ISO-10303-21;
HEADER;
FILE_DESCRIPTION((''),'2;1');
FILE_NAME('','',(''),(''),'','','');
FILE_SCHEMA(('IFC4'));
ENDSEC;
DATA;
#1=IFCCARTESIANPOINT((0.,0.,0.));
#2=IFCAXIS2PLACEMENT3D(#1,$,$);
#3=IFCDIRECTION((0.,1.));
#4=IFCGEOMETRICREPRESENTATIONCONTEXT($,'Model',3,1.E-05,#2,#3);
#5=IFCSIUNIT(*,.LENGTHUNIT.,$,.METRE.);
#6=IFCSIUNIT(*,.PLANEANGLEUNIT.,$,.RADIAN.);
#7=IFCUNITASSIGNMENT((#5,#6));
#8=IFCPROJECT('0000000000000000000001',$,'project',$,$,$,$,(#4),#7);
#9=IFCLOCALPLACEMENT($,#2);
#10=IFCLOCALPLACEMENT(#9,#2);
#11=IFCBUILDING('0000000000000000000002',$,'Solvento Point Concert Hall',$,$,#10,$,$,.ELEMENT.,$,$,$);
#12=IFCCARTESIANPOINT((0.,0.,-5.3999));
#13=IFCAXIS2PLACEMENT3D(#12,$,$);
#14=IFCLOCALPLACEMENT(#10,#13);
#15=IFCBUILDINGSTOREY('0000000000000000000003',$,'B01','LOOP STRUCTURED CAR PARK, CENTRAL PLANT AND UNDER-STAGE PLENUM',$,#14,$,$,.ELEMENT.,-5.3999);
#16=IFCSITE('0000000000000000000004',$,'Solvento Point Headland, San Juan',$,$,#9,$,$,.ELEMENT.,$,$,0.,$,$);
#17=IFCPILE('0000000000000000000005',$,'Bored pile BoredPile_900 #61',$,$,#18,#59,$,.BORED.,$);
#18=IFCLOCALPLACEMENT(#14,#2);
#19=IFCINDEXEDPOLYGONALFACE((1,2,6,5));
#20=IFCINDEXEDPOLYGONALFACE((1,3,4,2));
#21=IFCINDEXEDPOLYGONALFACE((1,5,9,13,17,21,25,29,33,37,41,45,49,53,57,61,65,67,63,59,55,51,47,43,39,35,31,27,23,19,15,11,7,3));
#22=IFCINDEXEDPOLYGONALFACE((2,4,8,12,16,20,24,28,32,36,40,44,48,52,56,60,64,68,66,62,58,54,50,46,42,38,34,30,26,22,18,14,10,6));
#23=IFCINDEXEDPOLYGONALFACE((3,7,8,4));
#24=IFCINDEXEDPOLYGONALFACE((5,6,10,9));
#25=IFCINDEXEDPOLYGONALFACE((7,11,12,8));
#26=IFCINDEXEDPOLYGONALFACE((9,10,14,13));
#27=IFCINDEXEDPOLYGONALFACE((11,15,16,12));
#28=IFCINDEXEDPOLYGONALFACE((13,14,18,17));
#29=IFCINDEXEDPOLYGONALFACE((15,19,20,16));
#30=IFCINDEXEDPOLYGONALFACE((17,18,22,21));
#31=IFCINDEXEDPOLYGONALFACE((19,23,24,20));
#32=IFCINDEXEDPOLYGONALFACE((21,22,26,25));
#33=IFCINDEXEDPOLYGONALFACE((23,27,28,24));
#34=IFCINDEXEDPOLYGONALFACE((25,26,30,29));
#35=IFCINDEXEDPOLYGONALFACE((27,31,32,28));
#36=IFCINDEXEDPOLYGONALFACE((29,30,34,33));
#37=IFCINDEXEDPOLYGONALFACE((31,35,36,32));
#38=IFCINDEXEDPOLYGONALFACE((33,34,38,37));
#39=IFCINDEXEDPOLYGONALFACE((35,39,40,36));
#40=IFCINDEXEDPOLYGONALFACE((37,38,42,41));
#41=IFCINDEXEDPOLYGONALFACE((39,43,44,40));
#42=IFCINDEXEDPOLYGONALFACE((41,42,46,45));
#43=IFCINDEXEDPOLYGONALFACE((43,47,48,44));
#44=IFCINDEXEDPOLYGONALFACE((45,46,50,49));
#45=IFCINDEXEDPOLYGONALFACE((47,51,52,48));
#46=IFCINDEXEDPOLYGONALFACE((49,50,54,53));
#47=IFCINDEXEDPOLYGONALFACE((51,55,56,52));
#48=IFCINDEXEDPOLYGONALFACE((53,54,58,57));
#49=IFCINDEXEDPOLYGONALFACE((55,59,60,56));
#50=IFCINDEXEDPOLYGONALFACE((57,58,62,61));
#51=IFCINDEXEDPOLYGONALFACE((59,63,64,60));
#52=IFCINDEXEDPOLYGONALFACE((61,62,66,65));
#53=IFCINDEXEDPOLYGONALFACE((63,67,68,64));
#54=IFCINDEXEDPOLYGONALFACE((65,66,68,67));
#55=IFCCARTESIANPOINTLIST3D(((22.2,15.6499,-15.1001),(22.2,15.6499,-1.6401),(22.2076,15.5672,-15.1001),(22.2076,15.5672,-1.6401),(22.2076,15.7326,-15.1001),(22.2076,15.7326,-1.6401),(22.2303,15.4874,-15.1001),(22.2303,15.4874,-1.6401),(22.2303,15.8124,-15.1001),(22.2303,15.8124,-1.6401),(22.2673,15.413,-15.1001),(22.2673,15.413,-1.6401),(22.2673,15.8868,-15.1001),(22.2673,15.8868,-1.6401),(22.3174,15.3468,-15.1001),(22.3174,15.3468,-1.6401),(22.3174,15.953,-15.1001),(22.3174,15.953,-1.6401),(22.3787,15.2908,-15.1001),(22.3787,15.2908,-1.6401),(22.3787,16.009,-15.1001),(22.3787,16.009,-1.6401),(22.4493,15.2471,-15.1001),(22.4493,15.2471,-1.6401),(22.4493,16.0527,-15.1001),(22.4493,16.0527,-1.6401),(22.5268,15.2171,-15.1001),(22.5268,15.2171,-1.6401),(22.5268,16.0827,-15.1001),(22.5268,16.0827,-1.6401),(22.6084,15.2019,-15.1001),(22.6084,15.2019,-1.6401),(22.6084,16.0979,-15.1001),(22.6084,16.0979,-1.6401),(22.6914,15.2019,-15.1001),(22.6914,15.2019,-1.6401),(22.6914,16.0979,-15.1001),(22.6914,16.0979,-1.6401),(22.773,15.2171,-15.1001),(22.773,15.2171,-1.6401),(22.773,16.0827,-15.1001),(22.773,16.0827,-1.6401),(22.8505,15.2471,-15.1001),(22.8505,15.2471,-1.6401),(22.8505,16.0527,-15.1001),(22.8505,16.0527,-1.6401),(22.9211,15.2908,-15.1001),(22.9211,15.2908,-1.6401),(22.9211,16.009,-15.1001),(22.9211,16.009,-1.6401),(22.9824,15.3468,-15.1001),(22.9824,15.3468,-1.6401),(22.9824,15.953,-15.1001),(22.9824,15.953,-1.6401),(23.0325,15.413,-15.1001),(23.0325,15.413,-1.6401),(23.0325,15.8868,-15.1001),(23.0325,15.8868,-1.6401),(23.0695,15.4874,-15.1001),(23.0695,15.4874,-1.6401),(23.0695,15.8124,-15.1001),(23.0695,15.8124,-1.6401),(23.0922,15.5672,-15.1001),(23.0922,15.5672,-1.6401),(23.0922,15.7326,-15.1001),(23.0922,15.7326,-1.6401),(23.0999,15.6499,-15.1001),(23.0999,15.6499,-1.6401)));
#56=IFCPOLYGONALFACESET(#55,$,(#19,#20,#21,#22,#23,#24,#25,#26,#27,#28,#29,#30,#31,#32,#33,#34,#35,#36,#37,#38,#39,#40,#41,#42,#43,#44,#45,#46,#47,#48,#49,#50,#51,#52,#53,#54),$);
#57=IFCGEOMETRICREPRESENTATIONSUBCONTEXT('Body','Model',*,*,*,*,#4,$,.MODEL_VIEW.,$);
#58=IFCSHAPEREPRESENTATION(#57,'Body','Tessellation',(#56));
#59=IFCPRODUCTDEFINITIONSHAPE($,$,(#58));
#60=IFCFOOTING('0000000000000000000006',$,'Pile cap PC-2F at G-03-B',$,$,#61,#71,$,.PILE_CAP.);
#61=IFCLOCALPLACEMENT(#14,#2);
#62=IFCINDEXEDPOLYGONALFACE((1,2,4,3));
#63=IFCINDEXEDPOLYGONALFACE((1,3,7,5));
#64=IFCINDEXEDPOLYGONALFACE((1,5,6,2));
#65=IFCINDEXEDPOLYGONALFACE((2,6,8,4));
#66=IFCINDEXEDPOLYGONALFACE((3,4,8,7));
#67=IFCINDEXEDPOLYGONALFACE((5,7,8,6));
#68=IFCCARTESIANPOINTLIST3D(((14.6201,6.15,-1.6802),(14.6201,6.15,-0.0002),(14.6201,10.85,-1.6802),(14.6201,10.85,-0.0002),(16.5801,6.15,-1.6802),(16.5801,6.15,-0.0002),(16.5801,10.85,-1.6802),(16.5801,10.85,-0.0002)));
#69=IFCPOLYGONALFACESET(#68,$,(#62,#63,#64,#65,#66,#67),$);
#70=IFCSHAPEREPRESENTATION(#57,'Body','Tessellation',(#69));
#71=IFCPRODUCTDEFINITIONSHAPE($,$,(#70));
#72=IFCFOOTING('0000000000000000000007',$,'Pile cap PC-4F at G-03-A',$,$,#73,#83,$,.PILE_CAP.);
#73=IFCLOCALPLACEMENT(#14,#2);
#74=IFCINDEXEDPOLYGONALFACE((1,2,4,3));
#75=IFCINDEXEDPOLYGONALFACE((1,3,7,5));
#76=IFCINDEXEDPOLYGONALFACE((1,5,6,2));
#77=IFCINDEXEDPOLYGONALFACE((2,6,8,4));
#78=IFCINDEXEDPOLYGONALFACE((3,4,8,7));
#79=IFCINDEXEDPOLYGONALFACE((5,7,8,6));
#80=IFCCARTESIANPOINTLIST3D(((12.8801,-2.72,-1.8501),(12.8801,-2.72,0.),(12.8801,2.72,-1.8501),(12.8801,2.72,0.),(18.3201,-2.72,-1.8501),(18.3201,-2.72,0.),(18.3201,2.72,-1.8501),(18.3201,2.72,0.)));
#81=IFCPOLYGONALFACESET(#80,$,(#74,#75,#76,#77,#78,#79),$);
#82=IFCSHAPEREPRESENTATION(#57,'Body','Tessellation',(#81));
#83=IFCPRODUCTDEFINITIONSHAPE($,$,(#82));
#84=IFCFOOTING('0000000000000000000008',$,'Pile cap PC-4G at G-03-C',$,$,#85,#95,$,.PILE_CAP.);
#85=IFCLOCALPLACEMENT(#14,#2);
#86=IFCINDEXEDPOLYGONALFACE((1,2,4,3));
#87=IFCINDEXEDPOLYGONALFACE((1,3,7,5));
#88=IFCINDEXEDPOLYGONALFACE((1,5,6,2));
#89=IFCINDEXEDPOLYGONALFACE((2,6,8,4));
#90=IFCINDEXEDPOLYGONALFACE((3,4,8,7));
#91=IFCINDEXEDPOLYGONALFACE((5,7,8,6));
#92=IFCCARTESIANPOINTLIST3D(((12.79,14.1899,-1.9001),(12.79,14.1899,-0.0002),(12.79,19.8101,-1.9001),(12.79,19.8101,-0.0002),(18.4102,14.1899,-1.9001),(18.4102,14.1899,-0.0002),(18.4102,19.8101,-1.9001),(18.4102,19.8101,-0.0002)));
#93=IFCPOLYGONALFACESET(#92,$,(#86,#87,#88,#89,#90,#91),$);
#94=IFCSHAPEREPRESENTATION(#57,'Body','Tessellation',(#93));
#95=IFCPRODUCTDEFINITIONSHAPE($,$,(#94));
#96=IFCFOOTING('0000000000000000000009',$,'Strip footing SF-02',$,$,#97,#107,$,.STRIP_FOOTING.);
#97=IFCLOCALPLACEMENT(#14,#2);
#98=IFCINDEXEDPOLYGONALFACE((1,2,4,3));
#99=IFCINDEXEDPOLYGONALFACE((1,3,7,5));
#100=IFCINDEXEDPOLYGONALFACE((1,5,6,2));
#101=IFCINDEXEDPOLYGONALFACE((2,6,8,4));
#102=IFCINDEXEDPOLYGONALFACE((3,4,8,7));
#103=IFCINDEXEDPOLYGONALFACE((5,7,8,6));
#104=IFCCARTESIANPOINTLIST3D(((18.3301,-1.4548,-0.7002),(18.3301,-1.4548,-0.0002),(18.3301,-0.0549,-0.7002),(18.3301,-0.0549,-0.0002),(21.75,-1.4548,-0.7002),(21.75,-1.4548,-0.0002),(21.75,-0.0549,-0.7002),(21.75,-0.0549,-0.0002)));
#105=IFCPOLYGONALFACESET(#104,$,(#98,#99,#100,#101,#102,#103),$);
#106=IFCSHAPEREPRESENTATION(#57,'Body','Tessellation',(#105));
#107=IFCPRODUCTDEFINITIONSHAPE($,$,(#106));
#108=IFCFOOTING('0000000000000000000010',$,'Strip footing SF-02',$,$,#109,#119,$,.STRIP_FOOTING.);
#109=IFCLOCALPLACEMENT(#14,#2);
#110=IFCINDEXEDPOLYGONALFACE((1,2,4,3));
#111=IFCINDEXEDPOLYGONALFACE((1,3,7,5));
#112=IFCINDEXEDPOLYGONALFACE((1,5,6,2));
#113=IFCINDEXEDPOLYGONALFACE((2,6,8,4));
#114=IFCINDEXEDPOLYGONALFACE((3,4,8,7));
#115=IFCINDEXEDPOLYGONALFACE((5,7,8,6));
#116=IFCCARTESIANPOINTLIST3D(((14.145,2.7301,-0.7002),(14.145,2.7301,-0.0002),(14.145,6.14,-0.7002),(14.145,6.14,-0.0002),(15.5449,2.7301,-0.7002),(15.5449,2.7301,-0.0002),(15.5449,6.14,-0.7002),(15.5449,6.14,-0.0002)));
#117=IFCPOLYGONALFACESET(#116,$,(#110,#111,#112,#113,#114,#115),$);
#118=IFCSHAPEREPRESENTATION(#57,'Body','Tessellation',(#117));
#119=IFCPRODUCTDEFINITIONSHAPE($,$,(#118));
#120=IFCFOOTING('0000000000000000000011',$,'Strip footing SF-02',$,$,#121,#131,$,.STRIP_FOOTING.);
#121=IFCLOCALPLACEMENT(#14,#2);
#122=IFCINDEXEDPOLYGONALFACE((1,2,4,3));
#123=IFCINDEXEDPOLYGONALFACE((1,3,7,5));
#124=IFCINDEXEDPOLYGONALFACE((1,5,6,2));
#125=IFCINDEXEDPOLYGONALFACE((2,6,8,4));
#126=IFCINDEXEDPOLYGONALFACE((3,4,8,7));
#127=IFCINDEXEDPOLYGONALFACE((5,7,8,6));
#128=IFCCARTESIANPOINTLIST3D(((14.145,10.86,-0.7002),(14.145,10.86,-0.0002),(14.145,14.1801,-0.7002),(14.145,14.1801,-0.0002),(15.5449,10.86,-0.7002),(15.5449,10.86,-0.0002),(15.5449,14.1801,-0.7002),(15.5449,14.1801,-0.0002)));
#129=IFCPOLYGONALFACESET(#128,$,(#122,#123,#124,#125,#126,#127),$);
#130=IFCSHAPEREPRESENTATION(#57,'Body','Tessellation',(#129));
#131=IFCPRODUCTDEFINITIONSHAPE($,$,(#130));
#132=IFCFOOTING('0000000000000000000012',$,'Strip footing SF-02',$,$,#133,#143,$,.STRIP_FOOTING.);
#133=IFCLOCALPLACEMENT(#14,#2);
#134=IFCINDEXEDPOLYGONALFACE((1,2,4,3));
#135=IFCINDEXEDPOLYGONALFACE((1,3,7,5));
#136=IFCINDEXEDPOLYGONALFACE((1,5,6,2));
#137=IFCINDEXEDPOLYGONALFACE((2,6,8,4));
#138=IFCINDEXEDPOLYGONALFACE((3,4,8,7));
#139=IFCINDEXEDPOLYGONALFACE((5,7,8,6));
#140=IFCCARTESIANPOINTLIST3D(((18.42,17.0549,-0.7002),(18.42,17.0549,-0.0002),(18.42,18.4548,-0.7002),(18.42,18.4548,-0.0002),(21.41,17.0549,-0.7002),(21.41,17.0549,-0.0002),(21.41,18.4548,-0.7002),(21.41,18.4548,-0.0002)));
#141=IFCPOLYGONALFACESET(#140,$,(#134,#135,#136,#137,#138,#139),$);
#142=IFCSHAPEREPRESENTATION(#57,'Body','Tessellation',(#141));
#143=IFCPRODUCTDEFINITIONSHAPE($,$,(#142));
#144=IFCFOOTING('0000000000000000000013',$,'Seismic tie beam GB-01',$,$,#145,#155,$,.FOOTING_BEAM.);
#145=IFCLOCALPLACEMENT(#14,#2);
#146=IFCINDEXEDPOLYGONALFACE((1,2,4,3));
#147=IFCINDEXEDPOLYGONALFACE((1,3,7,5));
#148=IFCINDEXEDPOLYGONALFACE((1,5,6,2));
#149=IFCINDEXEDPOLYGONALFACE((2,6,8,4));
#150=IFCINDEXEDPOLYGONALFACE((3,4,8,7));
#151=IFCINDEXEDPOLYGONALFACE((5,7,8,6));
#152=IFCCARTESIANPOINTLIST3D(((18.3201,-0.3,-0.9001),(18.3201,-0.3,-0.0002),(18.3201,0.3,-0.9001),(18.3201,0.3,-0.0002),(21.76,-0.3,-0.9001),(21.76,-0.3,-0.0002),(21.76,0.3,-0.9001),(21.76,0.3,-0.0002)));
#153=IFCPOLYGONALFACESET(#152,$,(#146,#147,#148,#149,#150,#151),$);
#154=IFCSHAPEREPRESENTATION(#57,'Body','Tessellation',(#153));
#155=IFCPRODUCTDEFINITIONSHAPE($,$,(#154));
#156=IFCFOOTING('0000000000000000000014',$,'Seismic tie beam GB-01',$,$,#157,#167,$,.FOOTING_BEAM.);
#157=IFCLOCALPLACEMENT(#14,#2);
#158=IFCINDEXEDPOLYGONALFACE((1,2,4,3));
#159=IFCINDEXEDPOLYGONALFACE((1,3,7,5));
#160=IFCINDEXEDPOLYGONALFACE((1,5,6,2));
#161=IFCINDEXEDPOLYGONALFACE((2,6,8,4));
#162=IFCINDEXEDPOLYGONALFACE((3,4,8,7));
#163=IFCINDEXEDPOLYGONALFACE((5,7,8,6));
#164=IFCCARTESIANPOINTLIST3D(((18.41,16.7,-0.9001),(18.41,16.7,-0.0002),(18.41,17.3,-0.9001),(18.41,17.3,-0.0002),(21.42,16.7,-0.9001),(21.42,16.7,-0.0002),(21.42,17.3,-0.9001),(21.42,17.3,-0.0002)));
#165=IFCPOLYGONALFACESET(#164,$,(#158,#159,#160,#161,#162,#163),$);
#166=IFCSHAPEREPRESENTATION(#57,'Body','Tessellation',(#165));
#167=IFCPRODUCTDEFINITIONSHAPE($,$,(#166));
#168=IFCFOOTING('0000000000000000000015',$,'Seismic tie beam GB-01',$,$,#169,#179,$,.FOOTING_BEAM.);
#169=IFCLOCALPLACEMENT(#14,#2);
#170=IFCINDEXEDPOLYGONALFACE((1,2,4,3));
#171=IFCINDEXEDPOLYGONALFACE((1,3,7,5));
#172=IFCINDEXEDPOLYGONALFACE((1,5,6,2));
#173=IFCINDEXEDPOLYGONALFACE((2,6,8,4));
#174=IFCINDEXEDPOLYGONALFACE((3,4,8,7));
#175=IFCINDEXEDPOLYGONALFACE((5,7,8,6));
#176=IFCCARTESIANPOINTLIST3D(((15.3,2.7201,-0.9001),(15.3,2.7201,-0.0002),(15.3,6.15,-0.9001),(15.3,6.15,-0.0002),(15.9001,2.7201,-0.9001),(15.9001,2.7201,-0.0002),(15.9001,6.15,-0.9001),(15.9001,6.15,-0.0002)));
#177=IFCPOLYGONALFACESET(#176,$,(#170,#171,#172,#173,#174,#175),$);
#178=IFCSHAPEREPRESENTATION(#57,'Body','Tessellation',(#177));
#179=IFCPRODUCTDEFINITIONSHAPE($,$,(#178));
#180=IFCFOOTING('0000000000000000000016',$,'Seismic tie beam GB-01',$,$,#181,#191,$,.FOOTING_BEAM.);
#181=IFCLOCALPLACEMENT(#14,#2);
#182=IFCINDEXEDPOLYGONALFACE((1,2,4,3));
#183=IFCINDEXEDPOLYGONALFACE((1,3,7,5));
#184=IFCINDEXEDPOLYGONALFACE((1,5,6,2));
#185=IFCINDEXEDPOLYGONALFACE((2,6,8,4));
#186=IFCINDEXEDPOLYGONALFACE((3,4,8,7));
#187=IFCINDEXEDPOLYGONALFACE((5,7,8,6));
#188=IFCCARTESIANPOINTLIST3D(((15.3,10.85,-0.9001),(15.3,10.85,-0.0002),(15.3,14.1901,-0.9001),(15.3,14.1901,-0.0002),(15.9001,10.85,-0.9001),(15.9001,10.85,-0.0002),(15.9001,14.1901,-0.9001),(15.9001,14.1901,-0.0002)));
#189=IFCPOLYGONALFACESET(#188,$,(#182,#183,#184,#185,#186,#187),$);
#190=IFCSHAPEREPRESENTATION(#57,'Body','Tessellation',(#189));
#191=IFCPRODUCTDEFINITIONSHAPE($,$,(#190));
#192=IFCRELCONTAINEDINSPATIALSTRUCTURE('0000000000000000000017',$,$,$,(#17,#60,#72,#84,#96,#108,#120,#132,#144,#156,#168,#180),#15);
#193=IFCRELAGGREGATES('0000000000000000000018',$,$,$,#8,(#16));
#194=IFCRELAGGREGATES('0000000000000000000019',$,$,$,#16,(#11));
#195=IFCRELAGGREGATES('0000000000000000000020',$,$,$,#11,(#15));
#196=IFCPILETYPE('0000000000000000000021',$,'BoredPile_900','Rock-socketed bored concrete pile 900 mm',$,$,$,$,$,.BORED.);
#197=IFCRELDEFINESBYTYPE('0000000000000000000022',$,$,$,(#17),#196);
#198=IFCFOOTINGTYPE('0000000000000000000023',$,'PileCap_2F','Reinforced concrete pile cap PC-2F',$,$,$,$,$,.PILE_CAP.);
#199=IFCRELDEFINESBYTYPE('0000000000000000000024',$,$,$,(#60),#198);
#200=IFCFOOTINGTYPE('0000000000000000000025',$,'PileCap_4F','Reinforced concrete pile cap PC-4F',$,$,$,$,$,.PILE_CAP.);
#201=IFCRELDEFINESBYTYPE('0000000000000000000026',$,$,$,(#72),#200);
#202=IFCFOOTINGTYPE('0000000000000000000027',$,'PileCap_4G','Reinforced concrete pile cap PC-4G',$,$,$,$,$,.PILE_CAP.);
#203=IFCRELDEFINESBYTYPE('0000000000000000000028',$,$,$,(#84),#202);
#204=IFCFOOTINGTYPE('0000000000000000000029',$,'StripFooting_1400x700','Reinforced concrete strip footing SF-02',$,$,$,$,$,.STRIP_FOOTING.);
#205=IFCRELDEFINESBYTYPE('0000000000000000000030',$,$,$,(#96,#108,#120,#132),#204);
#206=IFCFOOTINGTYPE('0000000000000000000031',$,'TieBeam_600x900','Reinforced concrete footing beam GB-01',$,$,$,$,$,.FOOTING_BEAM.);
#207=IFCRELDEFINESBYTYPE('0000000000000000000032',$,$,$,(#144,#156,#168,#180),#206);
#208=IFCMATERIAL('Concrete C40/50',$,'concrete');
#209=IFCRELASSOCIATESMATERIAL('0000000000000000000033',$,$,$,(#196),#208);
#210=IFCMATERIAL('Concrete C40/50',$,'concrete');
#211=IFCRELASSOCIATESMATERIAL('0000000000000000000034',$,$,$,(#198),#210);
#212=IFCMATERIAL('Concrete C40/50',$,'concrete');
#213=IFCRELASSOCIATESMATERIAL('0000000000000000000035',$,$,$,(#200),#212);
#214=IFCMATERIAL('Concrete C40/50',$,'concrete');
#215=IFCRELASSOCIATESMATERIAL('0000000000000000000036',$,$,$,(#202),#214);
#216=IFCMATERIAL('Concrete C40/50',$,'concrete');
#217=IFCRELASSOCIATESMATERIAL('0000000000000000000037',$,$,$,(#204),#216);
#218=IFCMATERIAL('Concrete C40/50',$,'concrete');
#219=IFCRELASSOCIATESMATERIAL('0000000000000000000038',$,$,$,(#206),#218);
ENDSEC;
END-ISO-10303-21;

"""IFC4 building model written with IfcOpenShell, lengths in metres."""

from ifc_helpers import new_model, si_unit, direction, frame, origin, origin_2d, place, context, subcontext, project, spatial, rectangle, circle, extrude, material, material_profile, profile_set, type_object, element, save


model = new_model("IFC4")

# Units and contexts
model_context = context("Model", 3, precision=1e-05, world=origin(), true_north=direction((0.0, 1.0)))
body_context = subcontext(model_context, "Body", "Model", "MODEL_VIEW")
ifc_project = project(units=[si_unit("LENGTHUNIT", "METRE"), si_unit("PLANEANGLEUNIT", "RADIAN")], contexts=[model_context])

# Site, building, storey
site_placement = place(None, origin())
site = spatial("IfcSite", under=ifc_project, at=site_placement, Name="Solvento Point Headland, San Juan", CompositionType="ELEMENT", RefElevation=0.0)
building_placement = place(site_placement, origin())
building = spatial("IfcBuilding", under=site, at=building_placement, Name="Solvento Point Concert Hall", CompositionType="ELEMENT")
storey_placement = place(building_placement, frame((0.0, 0.0, -5.3999)))
storey = spatial("IfcBuildingStorey", under=building, at=storey_placement, Name="B01", Description="LOOP STRUCTURED CAR PARK, CENTRAL PLANT AND UNDER-STAGE PLENUM", CompositionType="ELEMENT", Elevation=-5.3999)

# Pile
ifc_material_1 = material(Name="Concrete C40/50", Category="concrete")
ifc_material_profile_1 = material_profile(ifc_material_1, circle(Radius=0.45, at=origin_2d()), Name="BP-900")
ifc_profile_set_1 = profile_set([ifc_material_profile_1], Name="Concrete C40/50")
pile_type_1 = type_object("IfcPileType", Name="BoredPile_900", Description="Rock-socketed bored concrete pile 900 mm", PredefinedType="BORED", material=ifc_profile_set_1)
pile_placement = place(storey_placement, frame((22.6499, 15.6499, -1.6401), z_axis=(0.0, 0.0, -1.0), x_axis=(1.0, 0.0, 0.0)))
element("IfcPile", 1, at=pile_placement, inside=storey, type_object=pile_type_1, Name="Bored pile BoredPile_900 #61", PredefinedType="BORED", context=body_context, shape_type="SweptSolid", body=[
    extrude(circle(Radius=0.45, at=origin_2d()), origin(), (0.0, 0.0, 1.0), 13.46),
])

# Footings
ifc_material_2 = material(Name="Concrete C40/50", Category="concrete")
footing_type_1 = type_object("IfcFootingType", Name="PileCap_2F", Description="Reinforced concrete pile cap PC-2F", PredefinedType="PILE_CAP", material=ifc_material_2)
footing_1_placement = place(storey_placement, frame((15.6001, 8.5, -1.6802), z_axis=(0.0, 0.0, 1.0), x_axis=(1.0, 0.0, 0.0)))
element("IfcFooting", 2, at=footing_1_placement, inside=storey, type_object=footing_type_1, Name="Pile cap PC-2F at G-03-B", PredefinedType="PILE_CAP", context=body_context, shape_type="SweptSolid", body=[
    extrude(rectangle(XDim=1.96, YDim=4.7, at=origin_2d()), origin(), (0.0, 0.0, 1.0), 1.6799),
])
ifc_material_3 = material(Name="Concrete C40/50", Category="concrete")
footing_type_2 = type_object("IfcFootingType", Name="PileCap_4F", Description="Reinforced concrete pile cap PC-4F", PredefinedType="PILE_CAP", material=ifc_material_3)
footing_2_placement = place(storey_placement, frame((15.6001, 0.0, -1.8501), z_axis=(0.0, 0.0, 1.0), x_axis=(1.0, 0.0, 0.0)))
element("IfcFooting", 3, at=footing_2_placement, inside=storey, type_object=footing_type_2, Name="Pile cap PC-4F at G-03-A", PredefinedType="PILE_CAP", context=body_context, shape_type="SweptSolid", body=[
    extrude(rectangle(XDim=5.4399, YDim=5.4399, at=origin_2d()), origin(), (0.0, 0.0, 1.0), 1.8501),
])
ifc_material_4 = material(Name="Concrete C40/50", Category="concrete")
footing_type_3 = type_object("IfcFootingType", Name="PileCap_4G", Description="Reinforced concrete pile cap PC-4G", PredefinedType="PILE_CAP", material=ifc_material_4)
footing_3_placement = place(storey_placement, frame((15.6001, 17.0, -1.9001), z_axis=(0.0, 0.0, 1.0), x_axis=(1.0, 0.0, 0.0)))
element("IfcFooting", 4, at=footing_3_placement, inside=storey, type_object=footing_type_3, Name="Pile cap PC-4G at G-03-C", PredefinedType="PILE_CAP", context=body_context, shape_type="SweptSolid", body=[
    extrude(rectangle(XDim=5.6201, YDim=5.6201, at=origin_2d()), origin(), (0.0, 0.0, 1.0), 1.8999),
])
ifc_material_5 = material(Name="Concrete C40/50", Category="concrete")
footing_type_4 = type_object("IfcFootingType", Name="StripFooting_1400x700", Description="Reinforced concrete strip footing SF-02", PredefinedType="STRIP_FOOTING", material=ifc_material_5)
footing_4_placement = place(storey_placement, frame((20.04, -0.7549, -0.7002), z_axis=(0.0, 0.0, 1.0), x_axis=(-1.0, 0.0, 0.0)))
element("IfcFooting", 5, at=footing_4_placement, inside=storey, type_object=footing_type_4, Name="Strip footing SF-02", PredefinedType="STRIP_FOOTING", context=body_context, shape_type="SweptSolid", body=[
    extrude(rectangle(XDim=3.4199, YDim=1.3999, at=origin_2d()), origin(), (0.0, 0.0, 1.0), 0.7),
])
footing_5_placement = place(storey_placement, frame((14.845, 4.4351, -0.7002), z_axis=(0.0, 0.0, 1.0), x_axis=(0.0, 1.0, 0.0)))
element("IfcFooting", 6, at=footing_5_placement, inside=storey, type_object=footing_type_4, Name="Strip footing SF-02", PredefinedType="STRIP_FOOTING", context=body_context, shape_type="SweptSolid", body=[
    extrude(rectangle(XDim=3.4099, YDim=1.3999, at=origin_2d()), origin(), (0.0, 0.0, 1.0), 0.7),
])
footing_6_placement = place(storey_placement, frame((14.845, 12.52, -0.7002), z_axis=(0.0, 0.0, 1.0), x_axis=(0.0, 1.0, 0.0)))
element("IfcFooting", 7, at=footing_6_placement, inside=storey, type_object=footing_type_4, Name="Strip footing SF-02", PredefinedType="STRIP_FOOTING", context=body_context, shape_type="SweptSolid", body=[
    extrude(rectangle(XDim=3.3201, YDim=1.3999, at=origin_2d()), origin(), (0.0, 0.0, 1.0), 0.7),
])
footing_7_placement = place(storey_placement, frame((19.915, 17.7549, -0.7002), z_axis=(0.0, 0.0, 1.0), x_axis=(1.0, 0.0, 0.0)))
element("IfcFooting", 8, at=footing_7_placement, inside=storey, type_object=footing_type_4, Name="Strip footing SF-02", PredefinedType="STRIP_FOOTING", context=body_context, shape_type="SweptSolid", body=[
    extrude(rectangle(XDim=2.99, YDim=1.3999, at=origin_2d()), origin(), (0.0, 0.0, 1.0), 0.7),
])
ifc_material_6 = material(Name="Concrete C40/50", Category="concrete")
footing_type_5 = type_object("IfcFootingType", Name="TieBeam_600x900", Description="Reinforced concrete footing beam GB-01", PredefinedType="FOOTING_BEAM", material=ifc_material_6)
footing_8_placement = place(storey_placement, frame((20.04, 0.0, -0.9001), z_axis=(0.0, 0.0, 1.0), x_axis=(1.0, 0.0, 0.0)))
element("IfcFooting", 9, at=footing_8_placement, inside=storey, type_object=footing_type_5, Name="Seismic tie beam GB-01", PredefinedType="FOOTING_BEAM", context=body_context, shape_type="SweptSolid", body=[
    extrude(rectangle(XDim=3.4399, YDim=0.6001, at=origin_2d()), origin(), (0.0, 0.0, 1.0), 0.8999),
])
footing_9_placement = place(storey_placement, frame((19.915, 17.0, -0.9001), z_axis=(0.0, 0.0, 1.0), x_axis=(1.0, 0.0, 0.0)))
element("IfcFooting", 10, at=footing_9_placement, inside=storey, type_object=footing_type_5, Name="Seismic tie beam GB-01", PredefinedType="FOOTING_BEAM", context=body_context, shape_type="SweptSolid", body=[
    extrude(rectangle(XDim=3.01, YDim=0.6001, at=origin_2d()), origin(), (0.0, 0.0, 1.0), 0.8999),
])
footing_10_placement = place(storey_placement, frame((15.6001, 4.4351, -0.9001), z_axis=(0.0, 0.0, 1.0), x_axis=(0.0, 1.0, 0.0)))
element("IfcFooting", 11, at=footing_10_placement, inside=storey, type_object=footing_type_5, Name="Seismic tie beam GB-01", PredefinedType="FOOTING_BEAM", context=body_context, shape_type="SweptSolid", body=[
    extrude(rectangle(XDim=3.4299, YDim=0.6001, at=origin_2d()), origin(), (0.0, 0.0, 1.0), 0.8999),
])
footing_11_placement = place(storey_placement, frame((15.6001, 12.52, -0.9001), z_axis=(0.0, 0.0, 1.0), x_axis=(0.0, 1.0, 0.0)))
element("IfcFooting", 12, at=footing_11_placement, inside=storey, type_object=footing_type_5, Name="Seismic tie beam GB-01", PredefinedType="FOOTING_BEAM", context=body_context, shape_type="SweptSolid", body=[
    extrude(rectangle(XDim=3.3401, YDim=0.6001, at=origin_2d()), origin(), (0.0, 0.0, 1.0), 0.8999),
])

save(model, "model.ifc")
